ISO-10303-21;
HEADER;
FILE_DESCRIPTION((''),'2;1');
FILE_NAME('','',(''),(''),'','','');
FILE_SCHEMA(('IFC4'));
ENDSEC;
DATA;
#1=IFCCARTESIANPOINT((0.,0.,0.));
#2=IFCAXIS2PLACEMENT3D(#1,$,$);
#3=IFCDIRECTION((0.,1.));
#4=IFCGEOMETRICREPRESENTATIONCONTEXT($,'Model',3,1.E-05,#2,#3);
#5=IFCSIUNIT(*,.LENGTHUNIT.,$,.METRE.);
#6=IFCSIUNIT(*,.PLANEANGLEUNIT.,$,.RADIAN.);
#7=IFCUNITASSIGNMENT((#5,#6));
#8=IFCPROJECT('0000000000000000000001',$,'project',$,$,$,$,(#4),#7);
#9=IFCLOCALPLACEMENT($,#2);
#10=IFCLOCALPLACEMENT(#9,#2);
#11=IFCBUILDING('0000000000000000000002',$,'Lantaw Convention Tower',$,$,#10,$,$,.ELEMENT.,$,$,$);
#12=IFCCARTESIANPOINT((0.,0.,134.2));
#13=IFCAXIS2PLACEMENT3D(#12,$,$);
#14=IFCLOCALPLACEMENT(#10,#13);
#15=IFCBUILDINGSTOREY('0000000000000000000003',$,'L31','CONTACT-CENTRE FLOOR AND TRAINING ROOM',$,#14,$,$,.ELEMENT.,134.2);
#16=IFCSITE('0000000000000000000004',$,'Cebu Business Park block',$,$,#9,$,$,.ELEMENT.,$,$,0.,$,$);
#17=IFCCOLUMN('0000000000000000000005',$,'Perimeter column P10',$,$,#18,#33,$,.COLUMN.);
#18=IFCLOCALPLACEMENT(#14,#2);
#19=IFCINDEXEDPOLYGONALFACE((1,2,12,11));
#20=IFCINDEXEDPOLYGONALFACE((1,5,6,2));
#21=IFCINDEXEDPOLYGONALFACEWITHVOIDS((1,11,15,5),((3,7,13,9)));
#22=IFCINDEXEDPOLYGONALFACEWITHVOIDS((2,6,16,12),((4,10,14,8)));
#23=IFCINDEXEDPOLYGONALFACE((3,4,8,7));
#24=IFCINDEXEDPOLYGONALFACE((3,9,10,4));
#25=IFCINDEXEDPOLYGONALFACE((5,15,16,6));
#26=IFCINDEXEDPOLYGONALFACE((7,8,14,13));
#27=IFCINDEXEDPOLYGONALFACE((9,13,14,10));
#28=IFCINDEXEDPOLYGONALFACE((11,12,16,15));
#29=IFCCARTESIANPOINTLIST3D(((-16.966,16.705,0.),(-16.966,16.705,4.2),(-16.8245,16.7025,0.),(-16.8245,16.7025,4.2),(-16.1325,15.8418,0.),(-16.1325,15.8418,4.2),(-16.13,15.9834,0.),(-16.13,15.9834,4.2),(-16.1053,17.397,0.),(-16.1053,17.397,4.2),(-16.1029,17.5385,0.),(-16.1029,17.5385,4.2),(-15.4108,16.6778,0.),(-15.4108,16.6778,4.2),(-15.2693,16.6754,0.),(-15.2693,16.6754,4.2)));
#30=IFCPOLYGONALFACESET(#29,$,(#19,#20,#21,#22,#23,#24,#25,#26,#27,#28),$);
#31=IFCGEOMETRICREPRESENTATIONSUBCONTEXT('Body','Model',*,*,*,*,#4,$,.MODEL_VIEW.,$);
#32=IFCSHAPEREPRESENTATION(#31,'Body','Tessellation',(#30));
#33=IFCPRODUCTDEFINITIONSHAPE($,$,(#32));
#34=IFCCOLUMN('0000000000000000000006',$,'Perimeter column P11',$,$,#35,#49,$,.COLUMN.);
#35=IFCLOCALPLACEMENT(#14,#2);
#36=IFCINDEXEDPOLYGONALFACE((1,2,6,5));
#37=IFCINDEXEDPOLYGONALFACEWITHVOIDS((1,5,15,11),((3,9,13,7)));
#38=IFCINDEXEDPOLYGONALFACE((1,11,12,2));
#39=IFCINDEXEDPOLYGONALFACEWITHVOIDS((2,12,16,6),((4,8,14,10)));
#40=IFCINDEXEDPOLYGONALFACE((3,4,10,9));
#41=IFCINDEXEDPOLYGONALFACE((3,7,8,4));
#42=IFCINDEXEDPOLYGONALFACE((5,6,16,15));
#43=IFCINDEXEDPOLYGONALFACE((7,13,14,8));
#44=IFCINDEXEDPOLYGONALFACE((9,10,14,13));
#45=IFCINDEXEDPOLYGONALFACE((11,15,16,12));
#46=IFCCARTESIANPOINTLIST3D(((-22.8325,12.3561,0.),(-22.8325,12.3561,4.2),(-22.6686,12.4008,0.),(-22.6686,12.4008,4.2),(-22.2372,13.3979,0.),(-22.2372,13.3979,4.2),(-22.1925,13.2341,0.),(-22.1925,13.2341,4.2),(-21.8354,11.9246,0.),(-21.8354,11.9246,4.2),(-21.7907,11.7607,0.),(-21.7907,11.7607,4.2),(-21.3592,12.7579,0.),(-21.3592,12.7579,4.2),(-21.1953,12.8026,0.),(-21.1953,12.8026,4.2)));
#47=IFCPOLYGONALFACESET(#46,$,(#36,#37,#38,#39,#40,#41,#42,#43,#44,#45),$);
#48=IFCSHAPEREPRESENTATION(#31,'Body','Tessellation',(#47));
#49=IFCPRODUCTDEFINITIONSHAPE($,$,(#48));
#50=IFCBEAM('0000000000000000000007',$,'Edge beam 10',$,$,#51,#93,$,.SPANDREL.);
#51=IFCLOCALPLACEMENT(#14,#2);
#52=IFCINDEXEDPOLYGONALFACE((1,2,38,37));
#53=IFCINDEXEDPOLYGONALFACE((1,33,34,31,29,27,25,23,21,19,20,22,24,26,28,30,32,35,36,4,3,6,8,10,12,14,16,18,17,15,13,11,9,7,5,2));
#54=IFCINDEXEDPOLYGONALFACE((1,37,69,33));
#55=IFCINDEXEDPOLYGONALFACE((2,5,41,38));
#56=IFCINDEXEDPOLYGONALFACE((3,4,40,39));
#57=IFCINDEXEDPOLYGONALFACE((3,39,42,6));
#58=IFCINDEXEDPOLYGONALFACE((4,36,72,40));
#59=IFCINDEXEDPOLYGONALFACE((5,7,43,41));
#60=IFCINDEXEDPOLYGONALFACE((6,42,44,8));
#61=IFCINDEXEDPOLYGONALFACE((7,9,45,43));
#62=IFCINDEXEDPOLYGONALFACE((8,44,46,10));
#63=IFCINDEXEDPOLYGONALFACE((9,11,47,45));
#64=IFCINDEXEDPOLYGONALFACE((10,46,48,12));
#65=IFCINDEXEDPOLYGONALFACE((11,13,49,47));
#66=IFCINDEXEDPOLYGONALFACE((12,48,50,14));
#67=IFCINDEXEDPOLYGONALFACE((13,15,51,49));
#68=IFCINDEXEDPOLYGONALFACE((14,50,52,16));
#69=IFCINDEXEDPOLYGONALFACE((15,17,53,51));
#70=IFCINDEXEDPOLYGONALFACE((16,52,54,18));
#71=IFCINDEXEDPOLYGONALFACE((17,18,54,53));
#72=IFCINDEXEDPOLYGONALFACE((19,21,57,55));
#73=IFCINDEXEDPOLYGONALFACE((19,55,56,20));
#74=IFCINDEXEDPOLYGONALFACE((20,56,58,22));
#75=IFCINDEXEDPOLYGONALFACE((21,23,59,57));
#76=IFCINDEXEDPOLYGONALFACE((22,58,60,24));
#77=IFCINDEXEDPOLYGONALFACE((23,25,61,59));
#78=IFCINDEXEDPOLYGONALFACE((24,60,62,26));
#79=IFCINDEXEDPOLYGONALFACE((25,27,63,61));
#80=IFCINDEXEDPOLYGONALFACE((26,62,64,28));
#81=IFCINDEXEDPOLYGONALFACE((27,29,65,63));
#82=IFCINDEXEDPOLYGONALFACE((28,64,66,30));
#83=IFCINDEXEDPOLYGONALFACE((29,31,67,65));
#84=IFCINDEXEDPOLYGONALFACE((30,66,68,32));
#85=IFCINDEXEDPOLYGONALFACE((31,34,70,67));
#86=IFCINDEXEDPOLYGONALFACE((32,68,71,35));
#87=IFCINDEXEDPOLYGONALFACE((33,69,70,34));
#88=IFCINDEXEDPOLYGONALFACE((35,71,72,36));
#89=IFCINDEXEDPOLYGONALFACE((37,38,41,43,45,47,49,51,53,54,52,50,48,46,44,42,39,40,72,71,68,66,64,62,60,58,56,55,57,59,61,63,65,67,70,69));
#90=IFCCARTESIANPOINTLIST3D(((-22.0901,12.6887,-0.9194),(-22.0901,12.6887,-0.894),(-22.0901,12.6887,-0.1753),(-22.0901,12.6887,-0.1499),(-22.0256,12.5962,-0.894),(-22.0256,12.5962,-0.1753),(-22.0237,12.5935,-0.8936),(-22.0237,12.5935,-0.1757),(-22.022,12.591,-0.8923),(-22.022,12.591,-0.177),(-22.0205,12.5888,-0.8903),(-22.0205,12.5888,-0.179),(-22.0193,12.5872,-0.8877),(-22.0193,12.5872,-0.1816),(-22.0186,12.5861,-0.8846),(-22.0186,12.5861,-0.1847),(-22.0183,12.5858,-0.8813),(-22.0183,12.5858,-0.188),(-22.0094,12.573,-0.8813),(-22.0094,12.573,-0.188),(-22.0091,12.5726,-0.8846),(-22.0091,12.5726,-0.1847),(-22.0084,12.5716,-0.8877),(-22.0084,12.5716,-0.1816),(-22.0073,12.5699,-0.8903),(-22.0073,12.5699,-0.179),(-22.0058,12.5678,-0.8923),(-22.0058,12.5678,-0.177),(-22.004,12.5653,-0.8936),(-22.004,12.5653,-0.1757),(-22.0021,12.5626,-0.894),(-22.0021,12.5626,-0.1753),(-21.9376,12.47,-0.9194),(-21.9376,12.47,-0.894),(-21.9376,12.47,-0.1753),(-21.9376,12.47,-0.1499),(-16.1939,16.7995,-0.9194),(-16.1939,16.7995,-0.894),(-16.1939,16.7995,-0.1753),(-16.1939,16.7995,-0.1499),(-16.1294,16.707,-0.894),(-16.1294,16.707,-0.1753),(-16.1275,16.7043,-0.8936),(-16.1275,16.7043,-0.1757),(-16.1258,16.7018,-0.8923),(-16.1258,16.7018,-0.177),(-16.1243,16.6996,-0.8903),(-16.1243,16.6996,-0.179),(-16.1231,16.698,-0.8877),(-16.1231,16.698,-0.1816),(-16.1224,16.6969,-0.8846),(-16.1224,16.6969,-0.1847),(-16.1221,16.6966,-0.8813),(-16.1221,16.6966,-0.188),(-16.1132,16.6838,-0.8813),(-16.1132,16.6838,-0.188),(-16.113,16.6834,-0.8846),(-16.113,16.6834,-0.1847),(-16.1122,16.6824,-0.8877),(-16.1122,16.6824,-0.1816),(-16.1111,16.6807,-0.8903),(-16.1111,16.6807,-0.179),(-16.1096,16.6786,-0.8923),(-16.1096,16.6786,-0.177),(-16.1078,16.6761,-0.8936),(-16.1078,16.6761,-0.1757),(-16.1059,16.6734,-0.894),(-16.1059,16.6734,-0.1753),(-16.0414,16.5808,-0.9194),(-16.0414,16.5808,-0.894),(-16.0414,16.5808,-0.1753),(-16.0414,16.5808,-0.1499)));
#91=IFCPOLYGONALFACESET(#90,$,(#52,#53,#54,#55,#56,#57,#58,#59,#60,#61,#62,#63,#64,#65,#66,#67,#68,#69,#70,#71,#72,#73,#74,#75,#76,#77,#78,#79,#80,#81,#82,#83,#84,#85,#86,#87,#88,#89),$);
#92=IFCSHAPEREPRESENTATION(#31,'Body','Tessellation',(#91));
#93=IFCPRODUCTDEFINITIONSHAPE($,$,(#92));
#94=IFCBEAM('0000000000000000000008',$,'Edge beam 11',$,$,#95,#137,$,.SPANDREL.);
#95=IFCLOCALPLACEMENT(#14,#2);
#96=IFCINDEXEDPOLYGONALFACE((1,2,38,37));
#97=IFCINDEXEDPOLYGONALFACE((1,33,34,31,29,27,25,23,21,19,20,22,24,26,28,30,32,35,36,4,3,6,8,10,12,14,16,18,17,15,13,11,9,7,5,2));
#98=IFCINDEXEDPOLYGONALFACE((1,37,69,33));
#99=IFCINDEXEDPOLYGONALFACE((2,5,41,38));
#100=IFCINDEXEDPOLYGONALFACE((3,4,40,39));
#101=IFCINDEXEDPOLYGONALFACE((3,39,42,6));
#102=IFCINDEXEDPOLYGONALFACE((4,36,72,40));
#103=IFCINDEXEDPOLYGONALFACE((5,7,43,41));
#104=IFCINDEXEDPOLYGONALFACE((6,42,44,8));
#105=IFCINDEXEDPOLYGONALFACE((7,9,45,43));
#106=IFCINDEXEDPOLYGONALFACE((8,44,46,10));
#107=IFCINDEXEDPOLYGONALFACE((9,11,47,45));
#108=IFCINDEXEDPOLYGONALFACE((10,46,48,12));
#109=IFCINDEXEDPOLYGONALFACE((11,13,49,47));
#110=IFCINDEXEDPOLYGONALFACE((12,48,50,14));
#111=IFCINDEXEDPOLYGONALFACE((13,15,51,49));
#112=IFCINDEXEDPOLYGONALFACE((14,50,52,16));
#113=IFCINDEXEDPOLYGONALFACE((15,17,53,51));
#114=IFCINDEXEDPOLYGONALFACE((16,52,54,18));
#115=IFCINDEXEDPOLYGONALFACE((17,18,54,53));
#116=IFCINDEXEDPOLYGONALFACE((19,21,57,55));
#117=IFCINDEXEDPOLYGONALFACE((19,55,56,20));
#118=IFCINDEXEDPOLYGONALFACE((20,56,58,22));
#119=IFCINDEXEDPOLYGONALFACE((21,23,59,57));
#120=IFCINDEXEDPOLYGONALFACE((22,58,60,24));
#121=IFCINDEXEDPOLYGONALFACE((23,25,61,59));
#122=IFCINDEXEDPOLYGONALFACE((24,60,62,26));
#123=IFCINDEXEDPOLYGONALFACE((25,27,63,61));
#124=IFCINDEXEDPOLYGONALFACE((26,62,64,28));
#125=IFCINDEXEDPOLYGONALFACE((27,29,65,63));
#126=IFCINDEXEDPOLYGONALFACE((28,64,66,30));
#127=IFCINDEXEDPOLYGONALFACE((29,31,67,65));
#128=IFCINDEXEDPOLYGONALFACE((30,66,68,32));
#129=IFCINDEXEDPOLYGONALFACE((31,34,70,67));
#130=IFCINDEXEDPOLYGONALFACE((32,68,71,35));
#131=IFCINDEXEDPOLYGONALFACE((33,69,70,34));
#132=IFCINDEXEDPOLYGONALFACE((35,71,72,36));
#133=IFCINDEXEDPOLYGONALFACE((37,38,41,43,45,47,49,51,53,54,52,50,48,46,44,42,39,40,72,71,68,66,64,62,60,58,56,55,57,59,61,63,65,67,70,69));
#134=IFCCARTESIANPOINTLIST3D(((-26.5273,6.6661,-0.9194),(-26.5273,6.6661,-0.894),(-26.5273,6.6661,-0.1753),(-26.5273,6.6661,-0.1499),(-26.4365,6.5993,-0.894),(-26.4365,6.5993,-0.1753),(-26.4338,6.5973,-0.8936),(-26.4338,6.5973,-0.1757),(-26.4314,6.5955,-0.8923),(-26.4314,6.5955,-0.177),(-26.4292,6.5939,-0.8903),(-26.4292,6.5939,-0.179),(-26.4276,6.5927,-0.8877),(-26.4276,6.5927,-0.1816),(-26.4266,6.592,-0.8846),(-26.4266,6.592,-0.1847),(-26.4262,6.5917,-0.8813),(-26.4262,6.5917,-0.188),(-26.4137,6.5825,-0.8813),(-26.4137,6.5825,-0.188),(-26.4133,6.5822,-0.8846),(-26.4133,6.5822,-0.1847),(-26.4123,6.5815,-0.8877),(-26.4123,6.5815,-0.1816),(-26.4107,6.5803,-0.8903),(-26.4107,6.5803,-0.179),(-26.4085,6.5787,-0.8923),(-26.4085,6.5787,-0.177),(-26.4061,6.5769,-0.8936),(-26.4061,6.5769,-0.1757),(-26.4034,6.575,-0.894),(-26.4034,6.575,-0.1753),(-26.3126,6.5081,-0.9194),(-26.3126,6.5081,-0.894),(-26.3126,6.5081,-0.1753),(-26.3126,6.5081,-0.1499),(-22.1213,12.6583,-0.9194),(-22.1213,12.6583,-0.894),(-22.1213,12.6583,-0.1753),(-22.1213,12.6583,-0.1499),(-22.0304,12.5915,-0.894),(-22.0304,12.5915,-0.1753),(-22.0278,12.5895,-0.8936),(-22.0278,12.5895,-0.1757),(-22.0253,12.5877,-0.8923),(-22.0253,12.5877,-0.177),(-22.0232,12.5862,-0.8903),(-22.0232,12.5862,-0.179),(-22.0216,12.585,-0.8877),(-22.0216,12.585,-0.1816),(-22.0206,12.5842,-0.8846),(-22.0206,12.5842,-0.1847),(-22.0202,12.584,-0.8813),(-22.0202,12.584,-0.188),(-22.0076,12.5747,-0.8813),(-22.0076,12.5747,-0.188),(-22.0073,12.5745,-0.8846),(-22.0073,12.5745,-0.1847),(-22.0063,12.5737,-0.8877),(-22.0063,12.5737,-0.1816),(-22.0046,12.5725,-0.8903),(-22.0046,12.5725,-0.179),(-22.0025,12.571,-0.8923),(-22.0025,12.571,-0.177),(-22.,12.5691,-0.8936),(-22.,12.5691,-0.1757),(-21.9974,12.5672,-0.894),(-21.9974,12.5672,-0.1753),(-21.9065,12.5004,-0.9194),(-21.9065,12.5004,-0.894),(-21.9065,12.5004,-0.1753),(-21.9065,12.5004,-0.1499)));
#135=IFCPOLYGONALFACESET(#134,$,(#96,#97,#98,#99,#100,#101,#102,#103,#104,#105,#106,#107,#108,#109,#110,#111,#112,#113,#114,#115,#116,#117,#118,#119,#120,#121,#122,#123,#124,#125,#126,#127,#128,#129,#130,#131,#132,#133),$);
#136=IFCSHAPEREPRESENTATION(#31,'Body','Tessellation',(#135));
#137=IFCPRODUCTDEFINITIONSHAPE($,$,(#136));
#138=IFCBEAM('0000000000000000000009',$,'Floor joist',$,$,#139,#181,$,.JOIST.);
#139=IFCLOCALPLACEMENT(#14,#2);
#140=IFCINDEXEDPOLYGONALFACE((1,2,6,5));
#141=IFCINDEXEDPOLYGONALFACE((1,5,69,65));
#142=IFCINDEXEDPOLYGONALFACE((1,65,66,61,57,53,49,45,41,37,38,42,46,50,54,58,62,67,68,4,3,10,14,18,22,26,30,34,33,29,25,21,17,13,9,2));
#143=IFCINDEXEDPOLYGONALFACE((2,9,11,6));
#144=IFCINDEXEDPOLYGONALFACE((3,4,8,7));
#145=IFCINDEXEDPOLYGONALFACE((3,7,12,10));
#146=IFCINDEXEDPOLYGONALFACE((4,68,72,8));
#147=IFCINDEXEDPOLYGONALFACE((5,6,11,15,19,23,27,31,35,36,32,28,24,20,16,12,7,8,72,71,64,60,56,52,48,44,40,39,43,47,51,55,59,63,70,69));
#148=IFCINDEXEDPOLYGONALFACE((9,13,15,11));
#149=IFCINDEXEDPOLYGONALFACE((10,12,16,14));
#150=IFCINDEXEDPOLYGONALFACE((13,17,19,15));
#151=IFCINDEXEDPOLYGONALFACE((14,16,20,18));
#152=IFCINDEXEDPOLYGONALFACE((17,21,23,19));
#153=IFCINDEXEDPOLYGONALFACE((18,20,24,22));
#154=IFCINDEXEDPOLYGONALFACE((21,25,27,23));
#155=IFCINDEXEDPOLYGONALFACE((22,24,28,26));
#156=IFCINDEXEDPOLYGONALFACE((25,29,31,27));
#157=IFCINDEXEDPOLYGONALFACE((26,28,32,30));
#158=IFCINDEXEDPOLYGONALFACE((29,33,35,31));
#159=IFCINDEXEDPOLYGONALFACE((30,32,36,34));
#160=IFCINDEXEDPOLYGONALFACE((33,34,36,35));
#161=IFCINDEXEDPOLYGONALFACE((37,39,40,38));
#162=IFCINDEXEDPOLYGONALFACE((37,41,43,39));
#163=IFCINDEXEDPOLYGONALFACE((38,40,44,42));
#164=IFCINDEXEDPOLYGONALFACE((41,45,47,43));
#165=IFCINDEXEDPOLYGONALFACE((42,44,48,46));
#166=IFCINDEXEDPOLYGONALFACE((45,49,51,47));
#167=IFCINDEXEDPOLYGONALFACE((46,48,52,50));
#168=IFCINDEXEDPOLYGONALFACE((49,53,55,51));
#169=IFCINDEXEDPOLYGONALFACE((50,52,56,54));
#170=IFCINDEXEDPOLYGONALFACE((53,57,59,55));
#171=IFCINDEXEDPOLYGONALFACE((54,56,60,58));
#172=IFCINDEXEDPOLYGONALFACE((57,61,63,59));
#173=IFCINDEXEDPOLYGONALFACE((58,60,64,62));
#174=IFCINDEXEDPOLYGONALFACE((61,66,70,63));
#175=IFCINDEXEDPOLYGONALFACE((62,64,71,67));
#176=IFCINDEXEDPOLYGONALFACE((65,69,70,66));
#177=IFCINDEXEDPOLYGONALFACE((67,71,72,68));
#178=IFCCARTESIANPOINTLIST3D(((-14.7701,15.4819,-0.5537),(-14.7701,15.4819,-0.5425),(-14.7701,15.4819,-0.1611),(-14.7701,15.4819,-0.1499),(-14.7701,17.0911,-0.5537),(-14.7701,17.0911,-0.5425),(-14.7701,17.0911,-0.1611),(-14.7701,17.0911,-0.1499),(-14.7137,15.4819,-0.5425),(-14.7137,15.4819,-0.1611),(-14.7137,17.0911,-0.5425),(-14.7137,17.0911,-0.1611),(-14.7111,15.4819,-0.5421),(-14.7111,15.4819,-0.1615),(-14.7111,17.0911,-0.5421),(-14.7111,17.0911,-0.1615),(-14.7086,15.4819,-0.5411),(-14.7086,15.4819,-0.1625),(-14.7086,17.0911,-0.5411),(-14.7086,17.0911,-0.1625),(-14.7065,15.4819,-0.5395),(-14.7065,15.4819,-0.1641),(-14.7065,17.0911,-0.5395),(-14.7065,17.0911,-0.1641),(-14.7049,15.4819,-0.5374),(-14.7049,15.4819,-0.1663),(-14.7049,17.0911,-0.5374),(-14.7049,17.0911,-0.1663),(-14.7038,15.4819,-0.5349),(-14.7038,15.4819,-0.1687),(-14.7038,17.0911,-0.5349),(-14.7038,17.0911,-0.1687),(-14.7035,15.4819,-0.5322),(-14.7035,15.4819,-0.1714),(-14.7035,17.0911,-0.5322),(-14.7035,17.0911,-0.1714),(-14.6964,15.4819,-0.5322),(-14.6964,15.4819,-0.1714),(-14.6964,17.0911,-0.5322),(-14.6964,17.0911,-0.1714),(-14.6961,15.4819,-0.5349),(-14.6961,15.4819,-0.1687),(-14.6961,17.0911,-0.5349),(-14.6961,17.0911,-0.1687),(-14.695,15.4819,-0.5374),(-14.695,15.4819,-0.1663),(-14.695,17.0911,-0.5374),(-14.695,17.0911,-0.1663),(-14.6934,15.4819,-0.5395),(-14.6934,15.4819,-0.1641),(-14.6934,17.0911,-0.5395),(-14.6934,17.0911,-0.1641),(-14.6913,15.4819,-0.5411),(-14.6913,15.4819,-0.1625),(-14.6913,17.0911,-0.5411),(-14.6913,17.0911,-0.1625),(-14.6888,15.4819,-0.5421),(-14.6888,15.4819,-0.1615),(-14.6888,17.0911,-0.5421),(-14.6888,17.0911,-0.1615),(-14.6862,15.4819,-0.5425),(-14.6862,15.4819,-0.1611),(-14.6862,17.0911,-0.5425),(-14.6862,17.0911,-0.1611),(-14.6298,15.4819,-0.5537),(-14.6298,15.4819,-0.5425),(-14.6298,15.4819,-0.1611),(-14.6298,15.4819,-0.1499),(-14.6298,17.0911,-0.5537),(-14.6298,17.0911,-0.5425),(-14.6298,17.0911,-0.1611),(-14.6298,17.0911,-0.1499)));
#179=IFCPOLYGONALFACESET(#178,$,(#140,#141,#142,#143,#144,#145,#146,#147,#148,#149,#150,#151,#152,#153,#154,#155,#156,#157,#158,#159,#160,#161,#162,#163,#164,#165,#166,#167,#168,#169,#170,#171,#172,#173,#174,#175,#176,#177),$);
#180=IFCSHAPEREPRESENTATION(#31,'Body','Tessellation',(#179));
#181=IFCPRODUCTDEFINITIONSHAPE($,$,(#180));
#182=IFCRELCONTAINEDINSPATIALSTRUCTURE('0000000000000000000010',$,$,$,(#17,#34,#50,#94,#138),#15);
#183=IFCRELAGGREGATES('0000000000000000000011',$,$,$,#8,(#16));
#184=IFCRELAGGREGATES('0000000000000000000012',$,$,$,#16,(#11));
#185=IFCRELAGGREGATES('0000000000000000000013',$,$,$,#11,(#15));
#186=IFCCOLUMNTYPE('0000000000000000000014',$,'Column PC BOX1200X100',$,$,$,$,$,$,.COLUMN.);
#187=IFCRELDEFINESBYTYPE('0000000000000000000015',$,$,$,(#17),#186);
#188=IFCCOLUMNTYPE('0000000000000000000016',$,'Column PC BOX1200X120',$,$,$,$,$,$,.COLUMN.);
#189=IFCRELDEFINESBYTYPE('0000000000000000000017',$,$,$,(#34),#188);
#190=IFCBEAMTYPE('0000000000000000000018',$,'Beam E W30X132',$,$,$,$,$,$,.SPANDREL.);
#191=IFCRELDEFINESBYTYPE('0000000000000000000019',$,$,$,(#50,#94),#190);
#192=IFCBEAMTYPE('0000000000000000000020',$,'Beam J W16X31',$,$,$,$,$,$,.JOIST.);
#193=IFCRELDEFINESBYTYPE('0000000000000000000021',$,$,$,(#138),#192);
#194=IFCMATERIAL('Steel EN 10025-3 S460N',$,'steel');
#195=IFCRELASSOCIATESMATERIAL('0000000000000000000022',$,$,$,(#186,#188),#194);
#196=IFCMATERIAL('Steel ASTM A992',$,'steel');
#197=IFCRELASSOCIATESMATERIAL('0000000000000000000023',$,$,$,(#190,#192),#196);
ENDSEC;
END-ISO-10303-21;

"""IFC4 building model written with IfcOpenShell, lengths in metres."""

from ifc_helpers import new_model, si_unit, direction, frame, origin, origin_2d, place, context, subcontext, project, spatial, rectangle, hollow_rectangle, i_section, extrude, material, material_profile, profile_set, type_object, element, save


model = new_model("IFC4")

# Units and contexts
model_context = context("Model", 3, precision=1e-05, world=origin(), true_north=direction((0.0, 1.0)))
body_context = subcontext(model_context, "Body", "Model", "MODEL_VIEW")
ifc_project = project(units=[si_unit("LENGTHUNIT", "METRE"), si_unit("PLANEANGLEUNIT", "RADIAN")], contexts=[model_context])

# Site, building, storey
site_placement = place(None, origin())
site = spatial("IfcSite", under=ifc_project, at=site_placement, Name="Cebu Business Park block", CompositionType="ELEMENT", RefElevation=0.0)
building_placement = place(site_placement, origin())
building = spatial("IfcBuilding", under=site, at=building_placement, Name="Lantaw Convention Tower", CompositionType="ELEMENT")
storey_placement = place(building_placement, frame((0.0, 0.0, 134.2)))
storey = spatial("IfcBuildingStorey", under=building, at=storey_placement, Name="L31", Description="CONTACT-CENTRE FLOOR AND TRAINING ROOM", CompositionType="ELEMENT", Elevation=134.2)

# Columns
ifc_material_1 = material(Name="Steel EN 10025-3 S460N", Category="steel")
ifc_material_profile_1 = material_profile(ifc_material_1, hollow_rectangle(XDim=1.2, YDim=1.2, WallThickness=0.1001, at=origin_2d()), Name="BOX1200X100")
ifc_material_2 = material(Name="Concrete C60/75", Category="concrete")
ifc_material_profile_2 = material_profile(ifc_material_2, rectangle(XDim=1.0, YDim=1.0, at=origin_2d()), Name="Concrete fill of BOX1200X100")
ifc_profile_set_1 = profile_set([ifc_material_profile_1, ifc_material_profile_2], Name="Steel EN 10025-3 S460N")
column_type_1 = type_object("IfcColumnType", Name="Column PC BOX1200X100", PredefinedType="COLUMN", material=ifc_profile_set_1)
column_1_placement = place(storey_placement, frame((-16.1177, 16.6902, 0.0), z_axis=(0.0, 0.0, 1.0), x_axis=(0.71934, 0.694658, 0.0)))
element("IfcColumn", 1, at=column_1_placement, inside=storey, type_object=column_type_1, Name="Perimeter column P10", PredefinedType="COLUMN", context=body_context, shape_type="SweptSolid", body=[
    extrude(hollow_rectangle(XDim=1.2, YDim=1.2, WallThickness=0.1001, at=origin_2d()), origin(), (0.0, 0.0, 1.0), 4.2),
])
ifc_material_profile_3 = material_profile(ifc_material_1, hollow_rectangle(XDim=1.2, YDim=1.2, WallThickness=0.1201, at=origin_2d()), Name="BOX1200X120")
ifc_material_profile_4 = material_profile(ifc_material_2, rectangle(XDim=0.96, YDim=0.96, at=origin_2d()), Name="Concrete fill of BOX1200X120")
ifc_profile_set_2 = profile_set([ifc_material_profile_3, ifc_material_profile_4], Name="Steel EN 10025-3 S460N")
column_type_2 = type_object("IfcColumnType", Name="Column PC BOX1200X120", PredefinedType="COLUMN", material=ifc_profile_set_2)
column_2_placement = place(storey_placement, frame((-22.0139, 12.5793, 0.0), z_axis=(0.0, 0.0, 1.0), x_axis=(0.496139, 0.868243, 0.0)))
element("IfcColumn", 2, at=column_2_placement, inside=storey, type_object=column_type_2, Name="Perimeter column P11", PredefinedType="COLUMN", context=body_context, shape_type="SweptSolid", body=[
    extrude(hollow_rectangle(XDim=1.2, YDim=1.2, WallThickness=0.1201, at=origin_2d()), origin(), (0.0, 0.0, 1.0), 4.2),
])

# Beams
ifc_material_3 = material(Name="Steel ASTM A992", Category="steel")
ifc_material_profile_5 = material_profile(ifc_material_3, i_section(OverallWidth=0.2666, OverallDepth=0.7695, WebThickness=0.0156, FlangeThickness=0.0254, FilletRadius=0.0127, at=origin_2d()), Name="W30X132")
ifc_profile_set_3 = profile_set([ifc_material_profile_5], Name="Steel ASTM A992")
beam_type_1 = type_object("IfcBeamType", Name="Beam E W30X132", PredefinedType="SPANDREL", material=ifc_profile_set_3)
beam_1_placement = place(storey_placement, frame((-16.1177, 16.6902, -0.5347), z_axis=(-0.820311, -0.571918, 0.0), x_axis=(0.571918, -0.820311, 0.0)))
element("IfcBeam", 3, at=beam_1_placement, inside=storey, type_object=beam_type_1, Name="Edge beam 10", PredefinedType="SPANDREL", context=body_context, shape_type="SweptSolid", body=[
    extrude(i_section(OverallWidth=0.2666, OverallDepth=0.7695, WebThickness=0.0156, FlangeThickness=0.0254, FilletRadius=0.0127, at=origin_2d()), origin(), (0.0, 0.0, 1.0), 7.1877),
])
beam_2_placement = place(storey_placement, frame((-22.0139, 12.5793, -0.5347), z_axis=(-0.592389, -0.805652, 0.0), x_axis=(0.805652, -0.592389, 0.0)))
element("IfcBeam", 4, at=beam_2_placement, inside=storey, type_object=beam_type_1, Name="Edge beam 11", PredefinedType="SPANDREL", context=body_context, shape_type="SweptSolid", body=[
    extrude(i_section(OverallWidth=0.2666, OverallDepth=0.7695, WebThickness=0.0156, FlangeThickness=0.0254, FilletRadius=0.0127, at=origin_2d()), origin(), (0.0, 0.0, 1.0), 7.4377),
])
ifc_material_profile_6 = material_profile(ifc_material_3, i_section(OverallWidth=0.1404, OverallDepth=0.4038, WebThickness=0.0071, FlangeThickness=0.0112, FilletRadius=0.0103, at=origin_2d()), Name="W16X31")
ifc_profile_set_4 = profile_set([ifc_material_profile_6], Name="Steel ASTM A992")
beam_type_2 = type_object("IfcBeamType", Name="Beam J W16X31", PredefinedType="JOIST", material=ifc_profile_set_4)
beam_3_placement = place(storey_placement, frame((-14.7, 15.4819, -0.3518), z_axis=(0.0, 1.0, 0.0), x_axis=(-1.0, 0.0, 0.0)))
element("IfcBeam", 5, at=beam_3_placement, inside=storey, type_object=beam_type_2, Name="Floor joist", PredefinedType="JOIST", context=body_context, shape_type="SweptSolid", body=[
    extrude(i_section(OverallWidth=0.1404, OverallDepth=0.4038, WebThickness=0.0071, FlangeThickness=0.0112, FilletRadius=0.0103, at=origin_2d()), origin(), (0.0, 0.0, 1.0), 1.6091),
])

save(model, "model.ifc")
